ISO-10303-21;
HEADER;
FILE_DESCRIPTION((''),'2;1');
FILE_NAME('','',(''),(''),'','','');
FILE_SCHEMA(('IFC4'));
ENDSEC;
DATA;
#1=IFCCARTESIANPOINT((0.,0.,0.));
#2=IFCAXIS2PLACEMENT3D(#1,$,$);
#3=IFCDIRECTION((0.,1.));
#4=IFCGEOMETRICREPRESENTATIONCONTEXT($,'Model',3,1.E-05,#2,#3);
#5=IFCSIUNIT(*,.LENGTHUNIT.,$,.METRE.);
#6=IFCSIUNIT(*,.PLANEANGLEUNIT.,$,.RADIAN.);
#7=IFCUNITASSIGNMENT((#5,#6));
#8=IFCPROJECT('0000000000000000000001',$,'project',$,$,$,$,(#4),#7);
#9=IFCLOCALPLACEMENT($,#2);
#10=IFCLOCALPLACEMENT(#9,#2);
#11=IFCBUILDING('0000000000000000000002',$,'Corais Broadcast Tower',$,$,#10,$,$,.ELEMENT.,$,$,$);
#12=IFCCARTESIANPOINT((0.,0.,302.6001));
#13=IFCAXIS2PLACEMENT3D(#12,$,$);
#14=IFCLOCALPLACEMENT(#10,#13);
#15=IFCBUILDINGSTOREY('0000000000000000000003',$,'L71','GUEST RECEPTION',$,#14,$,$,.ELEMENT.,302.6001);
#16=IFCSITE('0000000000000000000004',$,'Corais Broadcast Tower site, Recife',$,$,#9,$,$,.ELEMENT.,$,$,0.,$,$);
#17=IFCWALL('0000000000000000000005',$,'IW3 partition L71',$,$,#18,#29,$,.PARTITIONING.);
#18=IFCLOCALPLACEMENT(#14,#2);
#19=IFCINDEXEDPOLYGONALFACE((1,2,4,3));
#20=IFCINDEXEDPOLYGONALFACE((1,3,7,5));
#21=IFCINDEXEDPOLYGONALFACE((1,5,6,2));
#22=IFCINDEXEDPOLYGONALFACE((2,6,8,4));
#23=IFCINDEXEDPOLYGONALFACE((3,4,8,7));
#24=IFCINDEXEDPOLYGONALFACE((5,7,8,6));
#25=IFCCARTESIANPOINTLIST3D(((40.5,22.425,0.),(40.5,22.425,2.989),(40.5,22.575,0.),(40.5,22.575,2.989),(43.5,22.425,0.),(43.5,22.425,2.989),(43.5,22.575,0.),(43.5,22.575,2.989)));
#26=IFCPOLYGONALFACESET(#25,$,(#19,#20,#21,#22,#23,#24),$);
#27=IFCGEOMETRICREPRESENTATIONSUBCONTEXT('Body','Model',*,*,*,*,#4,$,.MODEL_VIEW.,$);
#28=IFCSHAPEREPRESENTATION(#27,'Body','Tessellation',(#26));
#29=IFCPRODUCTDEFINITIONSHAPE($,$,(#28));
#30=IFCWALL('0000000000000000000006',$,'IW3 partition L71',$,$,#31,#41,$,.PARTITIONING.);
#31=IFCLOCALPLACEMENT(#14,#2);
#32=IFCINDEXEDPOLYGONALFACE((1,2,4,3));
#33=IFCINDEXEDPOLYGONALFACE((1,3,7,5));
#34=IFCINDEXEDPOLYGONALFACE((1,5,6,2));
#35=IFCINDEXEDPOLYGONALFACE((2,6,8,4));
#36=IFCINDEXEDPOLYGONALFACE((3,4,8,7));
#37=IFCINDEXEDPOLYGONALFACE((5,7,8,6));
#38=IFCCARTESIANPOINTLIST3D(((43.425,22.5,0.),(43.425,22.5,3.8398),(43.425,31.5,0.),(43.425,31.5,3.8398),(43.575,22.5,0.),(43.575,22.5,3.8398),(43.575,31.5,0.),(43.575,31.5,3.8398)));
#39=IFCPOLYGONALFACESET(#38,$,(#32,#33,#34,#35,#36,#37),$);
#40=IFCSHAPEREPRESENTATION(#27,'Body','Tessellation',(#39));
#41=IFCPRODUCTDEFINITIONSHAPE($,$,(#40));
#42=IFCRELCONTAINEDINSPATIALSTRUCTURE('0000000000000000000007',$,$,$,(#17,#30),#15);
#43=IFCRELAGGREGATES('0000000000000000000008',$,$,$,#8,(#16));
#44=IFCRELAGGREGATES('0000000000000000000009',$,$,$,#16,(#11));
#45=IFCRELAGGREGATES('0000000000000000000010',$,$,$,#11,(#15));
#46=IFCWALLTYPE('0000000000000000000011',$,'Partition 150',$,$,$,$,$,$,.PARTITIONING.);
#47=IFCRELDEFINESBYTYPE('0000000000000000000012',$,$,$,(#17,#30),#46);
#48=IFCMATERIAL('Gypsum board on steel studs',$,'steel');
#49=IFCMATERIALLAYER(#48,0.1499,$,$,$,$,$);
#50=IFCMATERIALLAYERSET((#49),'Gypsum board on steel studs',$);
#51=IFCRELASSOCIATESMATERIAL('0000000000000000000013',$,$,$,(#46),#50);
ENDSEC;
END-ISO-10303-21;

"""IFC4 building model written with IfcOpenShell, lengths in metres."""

from ifc_helpers import new_model, si_unit, direction, frame, frame_2d, origin, place, context, subcontext, project, spatial, rectangle, extrude, material, layer, layer_set, type_object, element, save


model = new_model("IFC4")

# Units and contexts
model_context = context("Model", 3, precision=1e-05, world=origin(), true_north=direction((0.0, 1.0)))
body_context = subcontext(model_context, "Body", "Model", "MODEL_VIEW")
ifc_project = project(units=[si_unit("LENGTHUNIT", "METRE"), si_unit("PLANEANGLEUNIT", "RADIAN")], contexts=[model_context])

# Site, building, storey
site_placement = place(None, origin())
site = spatial("IfcSite", under=ifc_project, at=site_placement, Name="Corais Broadcast Tower site, Recife", CompositionType="ELEMENT", RefElevation=0.0)
building_placement = place(site_placement, origin())
building = spatial("IfcBuilding", under=site, at=building_placement, Name="Corais Broadcast Tower", CompositionType="ELEMENT")
storey_placement = place(building_placement, frame((0.0, 0.0, 302.6001)))
storey = spatial("IfcBuildingStorey", under=building, at=storey_placement, Name="L71", Description="GUEST RECEPTION", CompositionType="ELEMENT", Elevation=302.6001)

# Shared definitions
ifc_material_1 = material(Name="Gypsum board on steel studs", Category="steel")
ifc_layer_1 = layer(ifc_material_1, 0.1499)
ifc_layer_set_1 = layer_set([ifc_layer_1], Name="Gypsum board on steel studs")
wall_type = type_object("IfcWallType", Name="Partition 150", PredefinedType="PARTITIONING", material=ifc_layer_set_1)

# Walls
wall_1_placement = place(storey_placement, frame((40.5, 22.5, 0.0), z_axis=(0.0, 0.0, 1.0), x_axis=(1.0, 0.0, 0.0)))
element("IfcWall", 1, at=wall_1_placement, inside=storey, type_object=wall_type, Name="IW3 partition L71", PredefinedType="PARTITIONING", context=body_context, shape_type="SweptSolid", body=[
    extrude(rectangle(XDim=3.0, YDim=0.1499, at=frame_2d((1.5, 0.0))), origin(), (0.0, 0.0, 1.0), 2.989),
])
wall_2_placement = place(storey_placement, frame((43.5, 22.5, 0.0), z_axis=(0.0, 0.0, 1.0), x_axis=(0.0, 1.0, 0.0)))
element("IfcWall", 2, at=wall_2_placement, inside=storey, type_object=wall_type, Name="IW3 partition L71", PredefinedType="PARTITIONING", context=body_context, shape_type="SweptSolid", body=[
    extrude(rectangle(XDim=9.0, YDim=0.1499, at=frame_2d((4.5, 0.0))), origin(), (0.0, 0.0, 1.0), 3.8398),
])

save(model, "model.ifc")
